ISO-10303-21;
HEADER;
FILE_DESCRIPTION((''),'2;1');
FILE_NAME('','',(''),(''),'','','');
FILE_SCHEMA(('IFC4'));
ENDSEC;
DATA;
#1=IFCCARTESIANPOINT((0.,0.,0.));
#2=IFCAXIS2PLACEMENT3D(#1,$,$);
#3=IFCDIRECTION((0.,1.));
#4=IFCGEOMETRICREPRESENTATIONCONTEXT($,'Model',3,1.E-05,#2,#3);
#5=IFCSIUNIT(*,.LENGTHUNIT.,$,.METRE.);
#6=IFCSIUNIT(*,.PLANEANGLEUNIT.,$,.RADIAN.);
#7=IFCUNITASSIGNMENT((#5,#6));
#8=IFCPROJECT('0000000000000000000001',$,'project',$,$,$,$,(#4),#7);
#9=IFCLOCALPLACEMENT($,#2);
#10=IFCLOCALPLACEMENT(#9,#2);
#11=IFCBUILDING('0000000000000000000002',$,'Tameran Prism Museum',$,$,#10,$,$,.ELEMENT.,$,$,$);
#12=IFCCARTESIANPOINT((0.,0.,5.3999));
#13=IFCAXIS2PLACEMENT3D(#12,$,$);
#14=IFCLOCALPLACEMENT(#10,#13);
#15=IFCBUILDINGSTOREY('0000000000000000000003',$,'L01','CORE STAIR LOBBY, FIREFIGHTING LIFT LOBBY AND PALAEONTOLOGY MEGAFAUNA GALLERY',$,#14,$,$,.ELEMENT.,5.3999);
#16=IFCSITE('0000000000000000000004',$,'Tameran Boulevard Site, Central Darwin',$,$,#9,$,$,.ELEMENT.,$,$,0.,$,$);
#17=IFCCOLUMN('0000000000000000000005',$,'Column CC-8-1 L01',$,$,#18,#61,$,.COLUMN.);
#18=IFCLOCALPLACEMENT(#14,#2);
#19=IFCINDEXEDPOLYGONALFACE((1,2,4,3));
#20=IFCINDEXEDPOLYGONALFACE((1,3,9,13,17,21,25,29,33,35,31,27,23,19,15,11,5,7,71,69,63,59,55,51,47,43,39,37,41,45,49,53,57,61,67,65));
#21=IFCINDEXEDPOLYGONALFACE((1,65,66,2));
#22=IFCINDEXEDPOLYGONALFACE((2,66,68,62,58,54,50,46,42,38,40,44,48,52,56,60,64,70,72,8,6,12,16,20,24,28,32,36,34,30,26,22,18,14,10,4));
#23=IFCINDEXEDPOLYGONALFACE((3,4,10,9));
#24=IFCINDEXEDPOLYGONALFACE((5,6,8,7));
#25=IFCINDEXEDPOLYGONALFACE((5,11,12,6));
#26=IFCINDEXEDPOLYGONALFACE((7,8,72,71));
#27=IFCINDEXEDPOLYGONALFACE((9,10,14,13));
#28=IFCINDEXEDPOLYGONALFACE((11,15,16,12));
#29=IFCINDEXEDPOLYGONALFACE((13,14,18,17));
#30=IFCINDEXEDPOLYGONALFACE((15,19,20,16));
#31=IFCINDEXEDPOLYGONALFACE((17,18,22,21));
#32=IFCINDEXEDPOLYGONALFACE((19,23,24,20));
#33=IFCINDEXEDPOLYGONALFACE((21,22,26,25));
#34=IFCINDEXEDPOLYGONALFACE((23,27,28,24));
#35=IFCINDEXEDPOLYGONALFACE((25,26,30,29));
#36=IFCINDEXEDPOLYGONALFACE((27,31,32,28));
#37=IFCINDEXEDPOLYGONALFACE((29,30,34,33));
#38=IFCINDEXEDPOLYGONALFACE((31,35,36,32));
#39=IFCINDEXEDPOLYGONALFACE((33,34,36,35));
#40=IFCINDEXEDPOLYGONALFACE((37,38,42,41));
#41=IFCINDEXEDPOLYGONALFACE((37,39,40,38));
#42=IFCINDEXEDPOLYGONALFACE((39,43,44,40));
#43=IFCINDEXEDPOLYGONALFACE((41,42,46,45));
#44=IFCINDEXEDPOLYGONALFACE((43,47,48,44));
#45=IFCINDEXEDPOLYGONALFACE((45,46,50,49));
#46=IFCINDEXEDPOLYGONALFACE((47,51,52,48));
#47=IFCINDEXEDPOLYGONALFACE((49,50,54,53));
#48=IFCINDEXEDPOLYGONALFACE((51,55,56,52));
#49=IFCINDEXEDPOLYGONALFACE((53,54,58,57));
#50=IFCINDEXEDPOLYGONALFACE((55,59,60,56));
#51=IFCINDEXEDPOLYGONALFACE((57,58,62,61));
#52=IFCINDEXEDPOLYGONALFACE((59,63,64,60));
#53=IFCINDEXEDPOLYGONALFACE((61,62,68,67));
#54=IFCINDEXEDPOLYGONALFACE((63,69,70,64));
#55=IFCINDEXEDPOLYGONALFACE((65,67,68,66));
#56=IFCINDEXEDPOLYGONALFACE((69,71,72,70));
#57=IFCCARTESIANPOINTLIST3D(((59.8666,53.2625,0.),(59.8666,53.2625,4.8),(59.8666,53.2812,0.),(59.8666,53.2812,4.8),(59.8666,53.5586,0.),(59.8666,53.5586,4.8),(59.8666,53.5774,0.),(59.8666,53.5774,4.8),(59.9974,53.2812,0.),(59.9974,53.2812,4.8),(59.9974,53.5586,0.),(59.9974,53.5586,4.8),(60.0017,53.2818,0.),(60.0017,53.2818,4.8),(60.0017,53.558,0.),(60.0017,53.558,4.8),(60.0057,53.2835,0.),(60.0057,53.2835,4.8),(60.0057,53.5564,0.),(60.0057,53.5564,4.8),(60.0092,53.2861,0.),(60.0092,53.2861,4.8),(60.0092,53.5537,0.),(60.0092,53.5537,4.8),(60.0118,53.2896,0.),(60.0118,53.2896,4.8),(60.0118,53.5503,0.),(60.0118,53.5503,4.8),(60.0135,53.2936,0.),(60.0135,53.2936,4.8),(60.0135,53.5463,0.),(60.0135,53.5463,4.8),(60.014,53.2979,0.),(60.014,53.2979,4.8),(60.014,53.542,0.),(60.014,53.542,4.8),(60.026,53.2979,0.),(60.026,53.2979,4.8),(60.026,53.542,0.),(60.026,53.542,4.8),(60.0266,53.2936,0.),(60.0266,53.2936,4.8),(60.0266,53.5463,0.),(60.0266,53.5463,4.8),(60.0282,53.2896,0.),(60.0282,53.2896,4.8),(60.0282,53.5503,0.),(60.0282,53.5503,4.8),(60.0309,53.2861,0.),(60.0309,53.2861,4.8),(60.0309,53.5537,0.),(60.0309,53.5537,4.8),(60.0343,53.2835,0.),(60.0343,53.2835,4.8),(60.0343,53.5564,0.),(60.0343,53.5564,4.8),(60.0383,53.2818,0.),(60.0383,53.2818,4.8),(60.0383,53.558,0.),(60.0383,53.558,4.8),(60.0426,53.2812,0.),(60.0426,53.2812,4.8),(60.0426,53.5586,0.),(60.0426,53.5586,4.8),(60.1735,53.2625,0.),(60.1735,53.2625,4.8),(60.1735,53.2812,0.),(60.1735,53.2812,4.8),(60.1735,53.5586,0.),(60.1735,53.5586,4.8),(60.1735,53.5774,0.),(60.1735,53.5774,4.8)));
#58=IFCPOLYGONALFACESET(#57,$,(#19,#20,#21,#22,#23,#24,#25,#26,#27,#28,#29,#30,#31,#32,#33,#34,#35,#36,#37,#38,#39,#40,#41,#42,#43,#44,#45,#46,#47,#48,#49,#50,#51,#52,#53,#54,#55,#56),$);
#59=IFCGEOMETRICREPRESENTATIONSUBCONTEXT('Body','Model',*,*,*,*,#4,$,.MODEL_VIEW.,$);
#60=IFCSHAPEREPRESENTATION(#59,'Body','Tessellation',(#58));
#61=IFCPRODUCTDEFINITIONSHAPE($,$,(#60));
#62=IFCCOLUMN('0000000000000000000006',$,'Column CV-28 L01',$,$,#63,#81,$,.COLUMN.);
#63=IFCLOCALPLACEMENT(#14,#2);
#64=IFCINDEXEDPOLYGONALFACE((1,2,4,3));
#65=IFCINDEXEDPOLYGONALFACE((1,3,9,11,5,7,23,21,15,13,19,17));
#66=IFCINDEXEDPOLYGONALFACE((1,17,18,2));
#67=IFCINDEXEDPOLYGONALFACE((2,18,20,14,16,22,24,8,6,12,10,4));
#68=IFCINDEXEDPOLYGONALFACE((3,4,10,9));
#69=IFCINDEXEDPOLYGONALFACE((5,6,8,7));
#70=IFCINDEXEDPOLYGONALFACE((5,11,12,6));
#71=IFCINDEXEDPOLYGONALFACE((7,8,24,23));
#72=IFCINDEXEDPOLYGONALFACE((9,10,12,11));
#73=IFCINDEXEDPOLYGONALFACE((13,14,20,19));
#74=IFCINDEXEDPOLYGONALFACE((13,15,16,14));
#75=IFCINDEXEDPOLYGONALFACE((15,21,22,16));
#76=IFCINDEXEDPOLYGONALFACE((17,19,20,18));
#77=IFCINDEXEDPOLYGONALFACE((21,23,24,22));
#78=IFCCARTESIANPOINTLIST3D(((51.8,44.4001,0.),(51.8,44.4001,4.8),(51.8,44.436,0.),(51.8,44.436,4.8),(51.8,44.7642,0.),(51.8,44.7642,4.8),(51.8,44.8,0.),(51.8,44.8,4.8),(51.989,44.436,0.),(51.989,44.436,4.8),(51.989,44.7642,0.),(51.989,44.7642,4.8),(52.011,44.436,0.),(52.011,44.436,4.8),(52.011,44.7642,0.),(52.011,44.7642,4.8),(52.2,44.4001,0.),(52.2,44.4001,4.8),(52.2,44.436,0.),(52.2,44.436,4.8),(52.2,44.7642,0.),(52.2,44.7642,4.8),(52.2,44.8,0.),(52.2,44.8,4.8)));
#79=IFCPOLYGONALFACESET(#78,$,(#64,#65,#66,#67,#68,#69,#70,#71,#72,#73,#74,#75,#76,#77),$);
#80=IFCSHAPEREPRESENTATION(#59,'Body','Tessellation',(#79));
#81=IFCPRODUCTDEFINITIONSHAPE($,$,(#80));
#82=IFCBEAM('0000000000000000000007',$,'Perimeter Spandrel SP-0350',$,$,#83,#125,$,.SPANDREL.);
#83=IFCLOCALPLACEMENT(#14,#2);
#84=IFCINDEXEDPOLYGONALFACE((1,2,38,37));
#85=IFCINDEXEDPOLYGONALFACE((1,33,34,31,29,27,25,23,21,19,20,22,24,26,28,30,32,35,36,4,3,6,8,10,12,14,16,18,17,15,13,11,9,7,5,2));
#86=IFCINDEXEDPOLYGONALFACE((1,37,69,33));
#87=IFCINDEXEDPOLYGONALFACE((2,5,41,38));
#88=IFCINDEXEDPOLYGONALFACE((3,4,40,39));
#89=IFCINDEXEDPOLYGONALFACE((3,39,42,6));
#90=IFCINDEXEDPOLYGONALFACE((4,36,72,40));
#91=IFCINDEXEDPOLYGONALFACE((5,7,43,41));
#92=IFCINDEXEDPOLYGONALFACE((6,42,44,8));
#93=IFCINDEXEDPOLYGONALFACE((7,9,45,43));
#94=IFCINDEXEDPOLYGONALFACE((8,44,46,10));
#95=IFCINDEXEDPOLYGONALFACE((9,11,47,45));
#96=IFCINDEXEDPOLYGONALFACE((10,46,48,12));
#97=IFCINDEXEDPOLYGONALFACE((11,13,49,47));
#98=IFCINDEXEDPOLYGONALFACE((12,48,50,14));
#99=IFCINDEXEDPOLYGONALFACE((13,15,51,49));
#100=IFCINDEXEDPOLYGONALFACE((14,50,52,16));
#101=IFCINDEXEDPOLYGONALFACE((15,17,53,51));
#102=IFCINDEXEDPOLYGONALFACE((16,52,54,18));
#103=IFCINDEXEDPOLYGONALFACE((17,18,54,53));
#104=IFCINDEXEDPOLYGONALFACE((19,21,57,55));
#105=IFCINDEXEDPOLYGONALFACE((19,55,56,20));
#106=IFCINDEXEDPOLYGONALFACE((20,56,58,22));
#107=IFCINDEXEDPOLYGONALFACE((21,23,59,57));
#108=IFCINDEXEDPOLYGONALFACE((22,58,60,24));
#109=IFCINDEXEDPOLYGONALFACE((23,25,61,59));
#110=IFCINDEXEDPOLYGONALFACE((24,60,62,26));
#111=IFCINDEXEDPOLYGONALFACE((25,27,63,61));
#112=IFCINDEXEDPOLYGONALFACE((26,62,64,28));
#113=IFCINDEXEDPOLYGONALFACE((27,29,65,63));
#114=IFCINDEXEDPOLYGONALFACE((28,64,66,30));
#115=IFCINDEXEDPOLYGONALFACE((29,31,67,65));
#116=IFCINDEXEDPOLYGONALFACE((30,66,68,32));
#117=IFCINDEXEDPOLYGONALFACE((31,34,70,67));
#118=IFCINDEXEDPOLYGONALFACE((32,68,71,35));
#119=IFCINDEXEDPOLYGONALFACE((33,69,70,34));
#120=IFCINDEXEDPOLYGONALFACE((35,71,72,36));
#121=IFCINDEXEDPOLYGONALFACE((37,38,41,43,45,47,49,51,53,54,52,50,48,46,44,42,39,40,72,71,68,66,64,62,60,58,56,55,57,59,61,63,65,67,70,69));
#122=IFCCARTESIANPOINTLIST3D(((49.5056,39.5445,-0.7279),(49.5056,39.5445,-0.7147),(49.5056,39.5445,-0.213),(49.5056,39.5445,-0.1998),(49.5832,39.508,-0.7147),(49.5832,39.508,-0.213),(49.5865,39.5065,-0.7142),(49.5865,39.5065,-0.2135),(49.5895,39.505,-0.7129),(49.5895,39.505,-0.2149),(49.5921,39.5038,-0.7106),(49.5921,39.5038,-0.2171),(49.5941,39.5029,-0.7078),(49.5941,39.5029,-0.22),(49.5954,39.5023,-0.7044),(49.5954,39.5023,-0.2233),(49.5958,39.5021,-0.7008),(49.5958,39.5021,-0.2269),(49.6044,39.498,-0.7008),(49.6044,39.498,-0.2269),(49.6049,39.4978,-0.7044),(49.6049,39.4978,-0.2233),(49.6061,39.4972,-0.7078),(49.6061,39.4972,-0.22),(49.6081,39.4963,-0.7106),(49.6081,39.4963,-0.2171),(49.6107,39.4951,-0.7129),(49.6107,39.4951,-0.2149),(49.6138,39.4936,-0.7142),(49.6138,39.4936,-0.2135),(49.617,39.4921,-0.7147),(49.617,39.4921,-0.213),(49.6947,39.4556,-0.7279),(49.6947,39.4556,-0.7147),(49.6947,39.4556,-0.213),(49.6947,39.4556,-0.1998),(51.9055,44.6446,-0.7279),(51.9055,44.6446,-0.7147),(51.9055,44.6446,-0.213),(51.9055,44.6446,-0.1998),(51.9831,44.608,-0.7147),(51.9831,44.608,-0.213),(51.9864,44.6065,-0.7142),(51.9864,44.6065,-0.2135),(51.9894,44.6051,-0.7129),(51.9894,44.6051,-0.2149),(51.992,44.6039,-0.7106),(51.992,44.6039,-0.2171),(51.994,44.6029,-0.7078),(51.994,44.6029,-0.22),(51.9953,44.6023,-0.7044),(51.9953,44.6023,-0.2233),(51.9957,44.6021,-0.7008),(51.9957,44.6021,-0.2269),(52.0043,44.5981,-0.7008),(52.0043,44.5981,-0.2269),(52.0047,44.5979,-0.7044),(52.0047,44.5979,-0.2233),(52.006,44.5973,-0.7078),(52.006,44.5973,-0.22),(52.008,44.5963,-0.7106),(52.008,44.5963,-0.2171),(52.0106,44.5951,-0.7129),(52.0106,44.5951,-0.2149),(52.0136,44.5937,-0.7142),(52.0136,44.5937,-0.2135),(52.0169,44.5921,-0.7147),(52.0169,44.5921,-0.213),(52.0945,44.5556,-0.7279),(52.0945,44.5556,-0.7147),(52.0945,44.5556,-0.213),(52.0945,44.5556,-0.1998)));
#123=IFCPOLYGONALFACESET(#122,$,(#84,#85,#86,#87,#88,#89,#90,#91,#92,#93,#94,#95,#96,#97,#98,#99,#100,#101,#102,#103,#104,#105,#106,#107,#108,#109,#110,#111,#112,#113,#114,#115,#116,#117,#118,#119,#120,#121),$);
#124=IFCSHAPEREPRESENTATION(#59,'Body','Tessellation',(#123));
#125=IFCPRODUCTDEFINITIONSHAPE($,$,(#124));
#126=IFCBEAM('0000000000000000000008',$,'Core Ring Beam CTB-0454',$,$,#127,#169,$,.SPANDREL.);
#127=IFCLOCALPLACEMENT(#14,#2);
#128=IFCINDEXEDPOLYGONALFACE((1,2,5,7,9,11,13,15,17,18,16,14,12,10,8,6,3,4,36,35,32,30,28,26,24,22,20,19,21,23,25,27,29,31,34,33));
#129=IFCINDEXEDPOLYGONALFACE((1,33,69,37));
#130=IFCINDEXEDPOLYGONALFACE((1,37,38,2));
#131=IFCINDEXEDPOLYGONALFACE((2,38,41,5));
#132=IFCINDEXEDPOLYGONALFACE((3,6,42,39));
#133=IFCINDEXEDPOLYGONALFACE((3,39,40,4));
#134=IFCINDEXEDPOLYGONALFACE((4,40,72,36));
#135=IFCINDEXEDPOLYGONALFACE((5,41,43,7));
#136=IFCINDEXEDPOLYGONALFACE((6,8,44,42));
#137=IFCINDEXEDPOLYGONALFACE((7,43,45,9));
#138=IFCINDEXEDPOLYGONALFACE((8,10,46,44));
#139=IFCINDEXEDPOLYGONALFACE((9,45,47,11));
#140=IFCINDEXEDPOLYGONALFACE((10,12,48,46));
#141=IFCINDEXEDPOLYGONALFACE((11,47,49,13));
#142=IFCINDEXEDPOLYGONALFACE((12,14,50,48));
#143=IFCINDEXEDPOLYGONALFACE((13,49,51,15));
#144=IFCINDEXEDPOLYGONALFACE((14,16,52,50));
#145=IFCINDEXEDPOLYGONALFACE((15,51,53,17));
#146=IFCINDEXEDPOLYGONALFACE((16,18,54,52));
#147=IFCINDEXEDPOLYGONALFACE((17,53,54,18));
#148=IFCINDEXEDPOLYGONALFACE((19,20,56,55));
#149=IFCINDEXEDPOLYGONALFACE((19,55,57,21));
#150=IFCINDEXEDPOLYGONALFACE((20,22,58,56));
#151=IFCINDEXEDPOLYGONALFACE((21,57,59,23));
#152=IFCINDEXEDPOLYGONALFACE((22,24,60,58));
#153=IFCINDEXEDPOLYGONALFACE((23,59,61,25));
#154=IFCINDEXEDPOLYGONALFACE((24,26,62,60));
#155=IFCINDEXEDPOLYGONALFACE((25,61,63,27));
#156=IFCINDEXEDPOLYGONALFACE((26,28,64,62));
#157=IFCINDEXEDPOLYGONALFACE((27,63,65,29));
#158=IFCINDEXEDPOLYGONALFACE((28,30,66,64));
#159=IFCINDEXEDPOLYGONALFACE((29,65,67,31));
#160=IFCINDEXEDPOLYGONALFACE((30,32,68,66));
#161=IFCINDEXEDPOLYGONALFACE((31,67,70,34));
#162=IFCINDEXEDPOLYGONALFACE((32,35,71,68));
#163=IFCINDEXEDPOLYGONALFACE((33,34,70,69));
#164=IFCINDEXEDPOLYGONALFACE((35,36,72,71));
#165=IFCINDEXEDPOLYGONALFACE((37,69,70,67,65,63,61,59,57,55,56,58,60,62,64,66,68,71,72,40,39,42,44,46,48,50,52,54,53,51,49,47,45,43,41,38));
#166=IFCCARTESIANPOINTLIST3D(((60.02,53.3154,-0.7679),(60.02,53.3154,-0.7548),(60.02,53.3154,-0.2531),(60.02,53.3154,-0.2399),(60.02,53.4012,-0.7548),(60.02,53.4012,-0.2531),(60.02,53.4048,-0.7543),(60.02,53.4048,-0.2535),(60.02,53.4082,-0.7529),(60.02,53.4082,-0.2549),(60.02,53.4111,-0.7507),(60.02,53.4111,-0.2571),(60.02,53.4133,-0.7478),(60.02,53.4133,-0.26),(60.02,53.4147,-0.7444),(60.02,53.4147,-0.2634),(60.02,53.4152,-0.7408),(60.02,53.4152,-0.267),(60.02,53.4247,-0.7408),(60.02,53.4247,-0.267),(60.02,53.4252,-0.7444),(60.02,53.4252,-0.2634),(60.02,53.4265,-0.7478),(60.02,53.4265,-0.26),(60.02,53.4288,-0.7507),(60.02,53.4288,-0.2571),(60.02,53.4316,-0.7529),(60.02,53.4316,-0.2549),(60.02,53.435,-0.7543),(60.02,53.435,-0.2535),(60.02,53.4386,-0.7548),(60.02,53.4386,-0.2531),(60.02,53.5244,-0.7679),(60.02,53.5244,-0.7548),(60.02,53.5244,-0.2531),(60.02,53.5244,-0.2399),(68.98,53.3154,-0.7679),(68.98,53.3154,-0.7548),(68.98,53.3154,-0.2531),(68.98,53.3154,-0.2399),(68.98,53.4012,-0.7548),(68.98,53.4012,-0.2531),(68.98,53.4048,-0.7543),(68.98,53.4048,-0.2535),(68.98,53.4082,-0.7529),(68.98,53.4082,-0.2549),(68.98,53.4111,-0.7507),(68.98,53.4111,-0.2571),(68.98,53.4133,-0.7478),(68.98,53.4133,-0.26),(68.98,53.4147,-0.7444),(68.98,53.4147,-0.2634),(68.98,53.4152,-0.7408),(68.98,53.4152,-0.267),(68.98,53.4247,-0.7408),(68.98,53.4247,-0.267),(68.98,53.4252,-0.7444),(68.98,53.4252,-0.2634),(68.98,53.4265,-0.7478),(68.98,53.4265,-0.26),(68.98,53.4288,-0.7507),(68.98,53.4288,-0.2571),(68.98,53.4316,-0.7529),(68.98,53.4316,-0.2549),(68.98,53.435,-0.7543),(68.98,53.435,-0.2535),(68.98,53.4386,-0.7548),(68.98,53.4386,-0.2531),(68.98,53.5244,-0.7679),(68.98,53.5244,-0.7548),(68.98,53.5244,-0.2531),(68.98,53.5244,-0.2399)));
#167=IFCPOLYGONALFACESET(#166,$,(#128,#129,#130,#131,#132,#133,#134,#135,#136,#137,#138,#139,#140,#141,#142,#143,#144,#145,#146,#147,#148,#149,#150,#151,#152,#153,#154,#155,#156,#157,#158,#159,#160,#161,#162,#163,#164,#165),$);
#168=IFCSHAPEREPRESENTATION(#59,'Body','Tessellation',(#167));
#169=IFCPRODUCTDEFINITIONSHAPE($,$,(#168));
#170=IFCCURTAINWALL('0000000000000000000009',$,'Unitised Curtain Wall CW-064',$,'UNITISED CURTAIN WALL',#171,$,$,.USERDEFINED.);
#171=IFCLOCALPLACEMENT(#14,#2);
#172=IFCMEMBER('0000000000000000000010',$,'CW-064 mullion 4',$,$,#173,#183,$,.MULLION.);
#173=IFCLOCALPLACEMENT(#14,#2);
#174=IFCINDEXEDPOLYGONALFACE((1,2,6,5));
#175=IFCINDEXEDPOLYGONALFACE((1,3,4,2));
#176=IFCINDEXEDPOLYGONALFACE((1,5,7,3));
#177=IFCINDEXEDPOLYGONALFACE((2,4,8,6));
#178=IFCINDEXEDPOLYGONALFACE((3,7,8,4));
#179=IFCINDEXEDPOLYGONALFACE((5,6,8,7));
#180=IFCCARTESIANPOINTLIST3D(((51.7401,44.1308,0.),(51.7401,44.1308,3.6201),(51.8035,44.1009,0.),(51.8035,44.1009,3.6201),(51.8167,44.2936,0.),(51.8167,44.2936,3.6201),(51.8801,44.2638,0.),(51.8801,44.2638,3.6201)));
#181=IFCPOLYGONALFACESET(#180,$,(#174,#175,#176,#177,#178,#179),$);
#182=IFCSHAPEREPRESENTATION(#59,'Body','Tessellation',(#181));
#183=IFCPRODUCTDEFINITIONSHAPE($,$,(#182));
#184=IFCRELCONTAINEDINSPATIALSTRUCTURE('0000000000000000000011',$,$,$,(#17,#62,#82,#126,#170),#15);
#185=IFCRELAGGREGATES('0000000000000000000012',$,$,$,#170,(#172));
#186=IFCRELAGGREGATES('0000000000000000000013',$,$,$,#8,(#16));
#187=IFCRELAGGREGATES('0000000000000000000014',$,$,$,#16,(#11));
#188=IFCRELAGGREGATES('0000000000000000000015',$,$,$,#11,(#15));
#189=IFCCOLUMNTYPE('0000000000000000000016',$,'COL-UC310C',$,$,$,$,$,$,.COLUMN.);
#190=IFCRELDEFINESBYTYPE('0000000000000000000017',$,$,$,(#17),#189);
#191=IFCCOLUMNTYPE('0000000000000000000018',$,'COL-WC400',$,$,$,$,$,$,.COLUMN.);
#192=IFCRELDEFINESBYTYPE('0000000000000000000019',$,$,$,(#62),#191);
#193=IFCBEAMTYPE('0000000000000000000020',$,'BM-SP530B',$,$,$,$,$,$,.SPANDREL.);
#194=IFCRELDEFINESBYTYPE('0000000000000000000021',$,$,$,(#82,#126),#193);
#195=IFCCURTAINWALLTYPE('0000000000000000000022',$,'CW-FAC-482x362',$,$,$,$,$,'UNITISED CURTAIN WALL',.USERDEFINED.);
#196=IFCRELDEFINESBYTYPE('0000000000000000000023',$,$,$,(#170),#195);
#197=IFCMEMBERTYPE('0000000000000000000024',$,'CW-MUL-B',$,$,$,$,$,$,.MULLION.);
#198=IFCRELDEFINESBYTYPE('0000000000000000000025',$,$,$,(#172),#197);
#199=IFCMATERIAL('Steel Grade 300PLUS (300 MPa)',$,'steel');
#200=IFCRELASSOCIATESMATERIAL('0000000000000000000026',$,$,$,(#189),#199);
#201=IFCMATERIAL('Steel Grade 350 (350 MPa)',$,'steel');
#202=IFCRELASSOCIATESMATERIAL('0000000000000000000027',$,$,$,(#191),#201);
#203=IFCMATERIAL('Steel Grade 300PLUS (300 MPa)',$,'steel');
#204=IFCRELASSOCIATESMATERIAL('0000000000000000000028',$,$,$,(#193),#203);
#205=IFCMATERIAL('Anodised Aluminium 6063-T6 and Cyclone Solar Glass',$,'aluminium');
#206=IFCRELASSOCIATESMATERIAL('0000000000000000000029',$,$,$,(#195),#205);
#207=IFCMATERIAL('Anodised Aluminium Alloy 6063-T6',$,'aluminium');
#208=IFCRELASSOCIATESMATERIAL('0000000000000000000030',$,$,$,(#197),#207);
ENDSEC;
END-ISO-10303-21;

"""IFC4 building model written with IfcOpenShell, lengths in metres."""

from ifc_helpers import new_model, si_unit, direction, frame, origin, origin_2d, place, context, subcontext, project, spatial, rectangle, i_section, extrude, material, material_profile, profile_set, type_object, element, aggregate, save


model = new_model("IFC4")

# Units and contexts
model_context = context("Model", 3, precision=1e-05, world=origin(), true_north=direction((0.0, 1.0)))
body_context = subcontext(model_context, "Body", "Model", "MODEL_VIEW")
ifc_project = project(units=[si_unit("LENGTHUNIT", "METRE"), si_unit("PLANEANGLEUNIT", "RADIAN")], contexts=[model_context])

# Site, building, storey
site_placement = place(None, origin())
site = spatial("IfcSite", under=ifc_project, at=site_placement, Name="Tameran Boulevard Site, Central Darwin", CompositionType="ELEMENT", RefElevation=0.0)
building_placement = place(site_placement, origin())
building = spatial("IfcBuilding", under=site, at=building_placement, Name="Tameran Prism Museum", CompositionType="ELEMENT")
storey_placement = place(building_placement, frame((0.0, 0.0, 5.3999)))
storey = spatial("IfcBuildingStorey", under=building, at=storey_placement, Name="L01", Description="CORE STAIR LOBBY, FIREFIGHTING LIFT LOBBY AND PALAEONTOLOGY MEGAFAUNA GALLERY", CompositionType="ELEMENT", Elevation=5.3999)

# Columns
ifc_material_1 = material(Name="Steel Grade 300PLUS (300 MPa)", Category="steel")
ifc_material_profile_1 = material_profile(ifc_material_1, i_section(OverallWidth=0.3069, OverallDepth=0.3149, WebThickness=0.012, FlangeThickness=0.0188, FilletRadius=0.0166, at=origin_2d()))
ifc_profile_set_1 = profile_set([ifc_material_profile_1])
column_type_1 = type_object("IfcColumnType", Name="COL-UC310C", PredefinedType="COLUMN", material=ifc_profile_set_1)
column_1_placement = place(storey_placement, frame((60.02, 53.4199, 0.0), z_axis=(0.0, 0.0, 1.0), x_axis=(1.0, 0.0, 0.0)))
element("IfcColumn", 1, at=column_1_placement, inside=storey, type_object=column_type_1, Name="Column CC-8-1 L01", PredefinedType="COLUMN", context=body_context, shape_type="SweptSolid", body=[
    extrude(i_section(OverallWidth=0.3069, OverallDepth=0.3149, WebThickness=0.012, FlangeThickness=0.0188, FilletRadius=0.0166, at=origin_2d()), origin(), (0.0, 0.0, 1.0), 4.8),
])
ifc_material_2 = material(Name="Steel Grade 350 (350 MPa)", Category="steel")
ifc_material_profile_2 = material_profile(ifc_material_2, i_section(OverallWidth=0.3999, OverallDepth=0.3999, WebThickness=0.022, FlangeThickness=0.0359, at=origin_2d()))
ifc_profile_set_2 = profile_set([ifc_material_profile_2])
column_type_2 = type_object("IfcColumnType", Name="COL-WC400", PredefinedType="COLUMN", material=ifc_profile_set_2)
column_2_placement = place(storey_placement, frame((52.0, 44.6001, 0.0), z_axis=(0.0, 0.0, 1.0), x_axis=(1.0, 0.0, 0.0)))
element("IfcColumn", 2, at=column_2_placement, inside=storey, type_object=column_type_2, Name="Column CV-28 L01", PredefinedType="COLUMN", context=body_context, shape_type="SweptSolid", body=[
    extrude(i_section(OverallWidth=0.3999, OverallDepth=0.3999, WebThickness=0.022, FlangeThickness=0.0359, at=origin_2d()), origin(), (0.0, 0.0, 1.0), 4.8),
])

# Beams
ifc_material_3 = material(Name="Steel Grade 300PLUS (300 MPa)", Category="steel")
ifc_material_profile_3 = material_profile(ifc_material_3, i_section(OverallWidth=0.209, OverallDepth=0.5281, WebThickness=0.0095, FlangeThickness=0.0132, FilletRadius=0.0139, at=origin_2d()))
ifc_profile_set_3 = profile_set([ifc_material_profile_3])
beam_type = type_object("IfcBeamType", Name="BM-SP530B", PredefinedType="SPANDREL", material=ifc_profile_set_3)
beam_1_placement = place(storey_placement, frame((52.0, 44.6001, -0.4639), z_axis=(-0.425776, -0.904829, 0.0), x_axis=(0.904829, -0.425776, 0.0)))
element("IfcBeam", 3, at=beam_1_placement, inside=storey, type_object=beam_type, Name="Perimeter Spandrel SP-0350", PredefinedType="SPANDREL", context=body_context, shape_type="SweptSolid", body=[
    extrude(i_section(OverallWidth=0.209, OverallDepth=0.5281, WebThickness=0.0095, FlangeThickness=0.0132, FilletRadius=0.0139, at=origin_2d()), origin(), (0.0, 0.0, 1.0), 5.6365),
])
beam_2_placement = place(storey_placement, frame((60.02, 53.4199, -0.5039), z_axis=(1.0, 0.0, 0.0), x_axis=(0.0, 1.0, 0.0)))
element("IfcBeam", 4, at=beam_2_placement, inside=storey, type_object=beam_type, Name="Core Ring Beam CTB-0454", PredefinedType="SPANDREL", context=body_context, shape_type="SweptSolid", body=[
    extrude(i_section(OverallWidth=0.209, OverallDepth=0.5281, WebThickness=0.0095, FlangeThickness=0.0132, FilletRadius=0.0139, at=origin_2d()), origin(), (0.0, 0.0, 1.0), 8.96),
])

# Curtain wall, member
ifc_material_4 = material(Name="Anodised Aluminium 6063-T6 and Cyclone Solar Glass", Category="aluminium")
curtain_wall_type_1 = type_object("IfcCurtainWallType", Name="CW-FAC-482x362", ElementType="UNITISED CURTAIN WALL", PredefinedType="USERDEFINED", material=ifc_material_4)
curtain_wall_1_placement = place(storey_placement, origin())
curtain_wall_1 = element("IfcCurtainWall", 5, at=curtain_wall_1_placement, inside=storey, type_object=curtain_wall_type_1, Name="Unitised Curtain Wall CW-064", ObjectType="UNITISED CURTAIN WALL", PredefinedType="USERDEFINED")
ifc_material_5 = material(Name="Anodised Aluminium Alloy 6063-T6", Category="aluminium")
ifc_material_profile_4 = material_profile(ifc_material_5, rectangle(XDim=0.0701, YDim=0.1799, at=origin_2d()))
ifc_profile_set_4 = profile_set([ifc_material_profile_4])
member_type_1 = type_object("IfcMemberType", Name="CW-MUL-B", PredefinedType="MULLION", material=ifc_profile_set_4)
member_1_placement = place(storey_placement, frame((51.8101, 44.1973, 0.0), z_axis=(0.0, 0.0, 1.0), x_axis=(-0.904885, 0.425657, 0.0)))
member_1 = element("IfcMember", 6, at=member_1_placement, type_object=member_type_1, Name="CW-064 mullion 4", PredefinedType="MULLION", context=body_context, shape_type="SweptSolid", body=[
    extrude(rectangle(XDim=0.0701, YDim=0.1799, at=origin_2d()), origin(), (0.0, 0.0, 1.0), 3.6201),
])

aggregate(curtain_wall_1, [member_1])

save(model, "model.ifc")
